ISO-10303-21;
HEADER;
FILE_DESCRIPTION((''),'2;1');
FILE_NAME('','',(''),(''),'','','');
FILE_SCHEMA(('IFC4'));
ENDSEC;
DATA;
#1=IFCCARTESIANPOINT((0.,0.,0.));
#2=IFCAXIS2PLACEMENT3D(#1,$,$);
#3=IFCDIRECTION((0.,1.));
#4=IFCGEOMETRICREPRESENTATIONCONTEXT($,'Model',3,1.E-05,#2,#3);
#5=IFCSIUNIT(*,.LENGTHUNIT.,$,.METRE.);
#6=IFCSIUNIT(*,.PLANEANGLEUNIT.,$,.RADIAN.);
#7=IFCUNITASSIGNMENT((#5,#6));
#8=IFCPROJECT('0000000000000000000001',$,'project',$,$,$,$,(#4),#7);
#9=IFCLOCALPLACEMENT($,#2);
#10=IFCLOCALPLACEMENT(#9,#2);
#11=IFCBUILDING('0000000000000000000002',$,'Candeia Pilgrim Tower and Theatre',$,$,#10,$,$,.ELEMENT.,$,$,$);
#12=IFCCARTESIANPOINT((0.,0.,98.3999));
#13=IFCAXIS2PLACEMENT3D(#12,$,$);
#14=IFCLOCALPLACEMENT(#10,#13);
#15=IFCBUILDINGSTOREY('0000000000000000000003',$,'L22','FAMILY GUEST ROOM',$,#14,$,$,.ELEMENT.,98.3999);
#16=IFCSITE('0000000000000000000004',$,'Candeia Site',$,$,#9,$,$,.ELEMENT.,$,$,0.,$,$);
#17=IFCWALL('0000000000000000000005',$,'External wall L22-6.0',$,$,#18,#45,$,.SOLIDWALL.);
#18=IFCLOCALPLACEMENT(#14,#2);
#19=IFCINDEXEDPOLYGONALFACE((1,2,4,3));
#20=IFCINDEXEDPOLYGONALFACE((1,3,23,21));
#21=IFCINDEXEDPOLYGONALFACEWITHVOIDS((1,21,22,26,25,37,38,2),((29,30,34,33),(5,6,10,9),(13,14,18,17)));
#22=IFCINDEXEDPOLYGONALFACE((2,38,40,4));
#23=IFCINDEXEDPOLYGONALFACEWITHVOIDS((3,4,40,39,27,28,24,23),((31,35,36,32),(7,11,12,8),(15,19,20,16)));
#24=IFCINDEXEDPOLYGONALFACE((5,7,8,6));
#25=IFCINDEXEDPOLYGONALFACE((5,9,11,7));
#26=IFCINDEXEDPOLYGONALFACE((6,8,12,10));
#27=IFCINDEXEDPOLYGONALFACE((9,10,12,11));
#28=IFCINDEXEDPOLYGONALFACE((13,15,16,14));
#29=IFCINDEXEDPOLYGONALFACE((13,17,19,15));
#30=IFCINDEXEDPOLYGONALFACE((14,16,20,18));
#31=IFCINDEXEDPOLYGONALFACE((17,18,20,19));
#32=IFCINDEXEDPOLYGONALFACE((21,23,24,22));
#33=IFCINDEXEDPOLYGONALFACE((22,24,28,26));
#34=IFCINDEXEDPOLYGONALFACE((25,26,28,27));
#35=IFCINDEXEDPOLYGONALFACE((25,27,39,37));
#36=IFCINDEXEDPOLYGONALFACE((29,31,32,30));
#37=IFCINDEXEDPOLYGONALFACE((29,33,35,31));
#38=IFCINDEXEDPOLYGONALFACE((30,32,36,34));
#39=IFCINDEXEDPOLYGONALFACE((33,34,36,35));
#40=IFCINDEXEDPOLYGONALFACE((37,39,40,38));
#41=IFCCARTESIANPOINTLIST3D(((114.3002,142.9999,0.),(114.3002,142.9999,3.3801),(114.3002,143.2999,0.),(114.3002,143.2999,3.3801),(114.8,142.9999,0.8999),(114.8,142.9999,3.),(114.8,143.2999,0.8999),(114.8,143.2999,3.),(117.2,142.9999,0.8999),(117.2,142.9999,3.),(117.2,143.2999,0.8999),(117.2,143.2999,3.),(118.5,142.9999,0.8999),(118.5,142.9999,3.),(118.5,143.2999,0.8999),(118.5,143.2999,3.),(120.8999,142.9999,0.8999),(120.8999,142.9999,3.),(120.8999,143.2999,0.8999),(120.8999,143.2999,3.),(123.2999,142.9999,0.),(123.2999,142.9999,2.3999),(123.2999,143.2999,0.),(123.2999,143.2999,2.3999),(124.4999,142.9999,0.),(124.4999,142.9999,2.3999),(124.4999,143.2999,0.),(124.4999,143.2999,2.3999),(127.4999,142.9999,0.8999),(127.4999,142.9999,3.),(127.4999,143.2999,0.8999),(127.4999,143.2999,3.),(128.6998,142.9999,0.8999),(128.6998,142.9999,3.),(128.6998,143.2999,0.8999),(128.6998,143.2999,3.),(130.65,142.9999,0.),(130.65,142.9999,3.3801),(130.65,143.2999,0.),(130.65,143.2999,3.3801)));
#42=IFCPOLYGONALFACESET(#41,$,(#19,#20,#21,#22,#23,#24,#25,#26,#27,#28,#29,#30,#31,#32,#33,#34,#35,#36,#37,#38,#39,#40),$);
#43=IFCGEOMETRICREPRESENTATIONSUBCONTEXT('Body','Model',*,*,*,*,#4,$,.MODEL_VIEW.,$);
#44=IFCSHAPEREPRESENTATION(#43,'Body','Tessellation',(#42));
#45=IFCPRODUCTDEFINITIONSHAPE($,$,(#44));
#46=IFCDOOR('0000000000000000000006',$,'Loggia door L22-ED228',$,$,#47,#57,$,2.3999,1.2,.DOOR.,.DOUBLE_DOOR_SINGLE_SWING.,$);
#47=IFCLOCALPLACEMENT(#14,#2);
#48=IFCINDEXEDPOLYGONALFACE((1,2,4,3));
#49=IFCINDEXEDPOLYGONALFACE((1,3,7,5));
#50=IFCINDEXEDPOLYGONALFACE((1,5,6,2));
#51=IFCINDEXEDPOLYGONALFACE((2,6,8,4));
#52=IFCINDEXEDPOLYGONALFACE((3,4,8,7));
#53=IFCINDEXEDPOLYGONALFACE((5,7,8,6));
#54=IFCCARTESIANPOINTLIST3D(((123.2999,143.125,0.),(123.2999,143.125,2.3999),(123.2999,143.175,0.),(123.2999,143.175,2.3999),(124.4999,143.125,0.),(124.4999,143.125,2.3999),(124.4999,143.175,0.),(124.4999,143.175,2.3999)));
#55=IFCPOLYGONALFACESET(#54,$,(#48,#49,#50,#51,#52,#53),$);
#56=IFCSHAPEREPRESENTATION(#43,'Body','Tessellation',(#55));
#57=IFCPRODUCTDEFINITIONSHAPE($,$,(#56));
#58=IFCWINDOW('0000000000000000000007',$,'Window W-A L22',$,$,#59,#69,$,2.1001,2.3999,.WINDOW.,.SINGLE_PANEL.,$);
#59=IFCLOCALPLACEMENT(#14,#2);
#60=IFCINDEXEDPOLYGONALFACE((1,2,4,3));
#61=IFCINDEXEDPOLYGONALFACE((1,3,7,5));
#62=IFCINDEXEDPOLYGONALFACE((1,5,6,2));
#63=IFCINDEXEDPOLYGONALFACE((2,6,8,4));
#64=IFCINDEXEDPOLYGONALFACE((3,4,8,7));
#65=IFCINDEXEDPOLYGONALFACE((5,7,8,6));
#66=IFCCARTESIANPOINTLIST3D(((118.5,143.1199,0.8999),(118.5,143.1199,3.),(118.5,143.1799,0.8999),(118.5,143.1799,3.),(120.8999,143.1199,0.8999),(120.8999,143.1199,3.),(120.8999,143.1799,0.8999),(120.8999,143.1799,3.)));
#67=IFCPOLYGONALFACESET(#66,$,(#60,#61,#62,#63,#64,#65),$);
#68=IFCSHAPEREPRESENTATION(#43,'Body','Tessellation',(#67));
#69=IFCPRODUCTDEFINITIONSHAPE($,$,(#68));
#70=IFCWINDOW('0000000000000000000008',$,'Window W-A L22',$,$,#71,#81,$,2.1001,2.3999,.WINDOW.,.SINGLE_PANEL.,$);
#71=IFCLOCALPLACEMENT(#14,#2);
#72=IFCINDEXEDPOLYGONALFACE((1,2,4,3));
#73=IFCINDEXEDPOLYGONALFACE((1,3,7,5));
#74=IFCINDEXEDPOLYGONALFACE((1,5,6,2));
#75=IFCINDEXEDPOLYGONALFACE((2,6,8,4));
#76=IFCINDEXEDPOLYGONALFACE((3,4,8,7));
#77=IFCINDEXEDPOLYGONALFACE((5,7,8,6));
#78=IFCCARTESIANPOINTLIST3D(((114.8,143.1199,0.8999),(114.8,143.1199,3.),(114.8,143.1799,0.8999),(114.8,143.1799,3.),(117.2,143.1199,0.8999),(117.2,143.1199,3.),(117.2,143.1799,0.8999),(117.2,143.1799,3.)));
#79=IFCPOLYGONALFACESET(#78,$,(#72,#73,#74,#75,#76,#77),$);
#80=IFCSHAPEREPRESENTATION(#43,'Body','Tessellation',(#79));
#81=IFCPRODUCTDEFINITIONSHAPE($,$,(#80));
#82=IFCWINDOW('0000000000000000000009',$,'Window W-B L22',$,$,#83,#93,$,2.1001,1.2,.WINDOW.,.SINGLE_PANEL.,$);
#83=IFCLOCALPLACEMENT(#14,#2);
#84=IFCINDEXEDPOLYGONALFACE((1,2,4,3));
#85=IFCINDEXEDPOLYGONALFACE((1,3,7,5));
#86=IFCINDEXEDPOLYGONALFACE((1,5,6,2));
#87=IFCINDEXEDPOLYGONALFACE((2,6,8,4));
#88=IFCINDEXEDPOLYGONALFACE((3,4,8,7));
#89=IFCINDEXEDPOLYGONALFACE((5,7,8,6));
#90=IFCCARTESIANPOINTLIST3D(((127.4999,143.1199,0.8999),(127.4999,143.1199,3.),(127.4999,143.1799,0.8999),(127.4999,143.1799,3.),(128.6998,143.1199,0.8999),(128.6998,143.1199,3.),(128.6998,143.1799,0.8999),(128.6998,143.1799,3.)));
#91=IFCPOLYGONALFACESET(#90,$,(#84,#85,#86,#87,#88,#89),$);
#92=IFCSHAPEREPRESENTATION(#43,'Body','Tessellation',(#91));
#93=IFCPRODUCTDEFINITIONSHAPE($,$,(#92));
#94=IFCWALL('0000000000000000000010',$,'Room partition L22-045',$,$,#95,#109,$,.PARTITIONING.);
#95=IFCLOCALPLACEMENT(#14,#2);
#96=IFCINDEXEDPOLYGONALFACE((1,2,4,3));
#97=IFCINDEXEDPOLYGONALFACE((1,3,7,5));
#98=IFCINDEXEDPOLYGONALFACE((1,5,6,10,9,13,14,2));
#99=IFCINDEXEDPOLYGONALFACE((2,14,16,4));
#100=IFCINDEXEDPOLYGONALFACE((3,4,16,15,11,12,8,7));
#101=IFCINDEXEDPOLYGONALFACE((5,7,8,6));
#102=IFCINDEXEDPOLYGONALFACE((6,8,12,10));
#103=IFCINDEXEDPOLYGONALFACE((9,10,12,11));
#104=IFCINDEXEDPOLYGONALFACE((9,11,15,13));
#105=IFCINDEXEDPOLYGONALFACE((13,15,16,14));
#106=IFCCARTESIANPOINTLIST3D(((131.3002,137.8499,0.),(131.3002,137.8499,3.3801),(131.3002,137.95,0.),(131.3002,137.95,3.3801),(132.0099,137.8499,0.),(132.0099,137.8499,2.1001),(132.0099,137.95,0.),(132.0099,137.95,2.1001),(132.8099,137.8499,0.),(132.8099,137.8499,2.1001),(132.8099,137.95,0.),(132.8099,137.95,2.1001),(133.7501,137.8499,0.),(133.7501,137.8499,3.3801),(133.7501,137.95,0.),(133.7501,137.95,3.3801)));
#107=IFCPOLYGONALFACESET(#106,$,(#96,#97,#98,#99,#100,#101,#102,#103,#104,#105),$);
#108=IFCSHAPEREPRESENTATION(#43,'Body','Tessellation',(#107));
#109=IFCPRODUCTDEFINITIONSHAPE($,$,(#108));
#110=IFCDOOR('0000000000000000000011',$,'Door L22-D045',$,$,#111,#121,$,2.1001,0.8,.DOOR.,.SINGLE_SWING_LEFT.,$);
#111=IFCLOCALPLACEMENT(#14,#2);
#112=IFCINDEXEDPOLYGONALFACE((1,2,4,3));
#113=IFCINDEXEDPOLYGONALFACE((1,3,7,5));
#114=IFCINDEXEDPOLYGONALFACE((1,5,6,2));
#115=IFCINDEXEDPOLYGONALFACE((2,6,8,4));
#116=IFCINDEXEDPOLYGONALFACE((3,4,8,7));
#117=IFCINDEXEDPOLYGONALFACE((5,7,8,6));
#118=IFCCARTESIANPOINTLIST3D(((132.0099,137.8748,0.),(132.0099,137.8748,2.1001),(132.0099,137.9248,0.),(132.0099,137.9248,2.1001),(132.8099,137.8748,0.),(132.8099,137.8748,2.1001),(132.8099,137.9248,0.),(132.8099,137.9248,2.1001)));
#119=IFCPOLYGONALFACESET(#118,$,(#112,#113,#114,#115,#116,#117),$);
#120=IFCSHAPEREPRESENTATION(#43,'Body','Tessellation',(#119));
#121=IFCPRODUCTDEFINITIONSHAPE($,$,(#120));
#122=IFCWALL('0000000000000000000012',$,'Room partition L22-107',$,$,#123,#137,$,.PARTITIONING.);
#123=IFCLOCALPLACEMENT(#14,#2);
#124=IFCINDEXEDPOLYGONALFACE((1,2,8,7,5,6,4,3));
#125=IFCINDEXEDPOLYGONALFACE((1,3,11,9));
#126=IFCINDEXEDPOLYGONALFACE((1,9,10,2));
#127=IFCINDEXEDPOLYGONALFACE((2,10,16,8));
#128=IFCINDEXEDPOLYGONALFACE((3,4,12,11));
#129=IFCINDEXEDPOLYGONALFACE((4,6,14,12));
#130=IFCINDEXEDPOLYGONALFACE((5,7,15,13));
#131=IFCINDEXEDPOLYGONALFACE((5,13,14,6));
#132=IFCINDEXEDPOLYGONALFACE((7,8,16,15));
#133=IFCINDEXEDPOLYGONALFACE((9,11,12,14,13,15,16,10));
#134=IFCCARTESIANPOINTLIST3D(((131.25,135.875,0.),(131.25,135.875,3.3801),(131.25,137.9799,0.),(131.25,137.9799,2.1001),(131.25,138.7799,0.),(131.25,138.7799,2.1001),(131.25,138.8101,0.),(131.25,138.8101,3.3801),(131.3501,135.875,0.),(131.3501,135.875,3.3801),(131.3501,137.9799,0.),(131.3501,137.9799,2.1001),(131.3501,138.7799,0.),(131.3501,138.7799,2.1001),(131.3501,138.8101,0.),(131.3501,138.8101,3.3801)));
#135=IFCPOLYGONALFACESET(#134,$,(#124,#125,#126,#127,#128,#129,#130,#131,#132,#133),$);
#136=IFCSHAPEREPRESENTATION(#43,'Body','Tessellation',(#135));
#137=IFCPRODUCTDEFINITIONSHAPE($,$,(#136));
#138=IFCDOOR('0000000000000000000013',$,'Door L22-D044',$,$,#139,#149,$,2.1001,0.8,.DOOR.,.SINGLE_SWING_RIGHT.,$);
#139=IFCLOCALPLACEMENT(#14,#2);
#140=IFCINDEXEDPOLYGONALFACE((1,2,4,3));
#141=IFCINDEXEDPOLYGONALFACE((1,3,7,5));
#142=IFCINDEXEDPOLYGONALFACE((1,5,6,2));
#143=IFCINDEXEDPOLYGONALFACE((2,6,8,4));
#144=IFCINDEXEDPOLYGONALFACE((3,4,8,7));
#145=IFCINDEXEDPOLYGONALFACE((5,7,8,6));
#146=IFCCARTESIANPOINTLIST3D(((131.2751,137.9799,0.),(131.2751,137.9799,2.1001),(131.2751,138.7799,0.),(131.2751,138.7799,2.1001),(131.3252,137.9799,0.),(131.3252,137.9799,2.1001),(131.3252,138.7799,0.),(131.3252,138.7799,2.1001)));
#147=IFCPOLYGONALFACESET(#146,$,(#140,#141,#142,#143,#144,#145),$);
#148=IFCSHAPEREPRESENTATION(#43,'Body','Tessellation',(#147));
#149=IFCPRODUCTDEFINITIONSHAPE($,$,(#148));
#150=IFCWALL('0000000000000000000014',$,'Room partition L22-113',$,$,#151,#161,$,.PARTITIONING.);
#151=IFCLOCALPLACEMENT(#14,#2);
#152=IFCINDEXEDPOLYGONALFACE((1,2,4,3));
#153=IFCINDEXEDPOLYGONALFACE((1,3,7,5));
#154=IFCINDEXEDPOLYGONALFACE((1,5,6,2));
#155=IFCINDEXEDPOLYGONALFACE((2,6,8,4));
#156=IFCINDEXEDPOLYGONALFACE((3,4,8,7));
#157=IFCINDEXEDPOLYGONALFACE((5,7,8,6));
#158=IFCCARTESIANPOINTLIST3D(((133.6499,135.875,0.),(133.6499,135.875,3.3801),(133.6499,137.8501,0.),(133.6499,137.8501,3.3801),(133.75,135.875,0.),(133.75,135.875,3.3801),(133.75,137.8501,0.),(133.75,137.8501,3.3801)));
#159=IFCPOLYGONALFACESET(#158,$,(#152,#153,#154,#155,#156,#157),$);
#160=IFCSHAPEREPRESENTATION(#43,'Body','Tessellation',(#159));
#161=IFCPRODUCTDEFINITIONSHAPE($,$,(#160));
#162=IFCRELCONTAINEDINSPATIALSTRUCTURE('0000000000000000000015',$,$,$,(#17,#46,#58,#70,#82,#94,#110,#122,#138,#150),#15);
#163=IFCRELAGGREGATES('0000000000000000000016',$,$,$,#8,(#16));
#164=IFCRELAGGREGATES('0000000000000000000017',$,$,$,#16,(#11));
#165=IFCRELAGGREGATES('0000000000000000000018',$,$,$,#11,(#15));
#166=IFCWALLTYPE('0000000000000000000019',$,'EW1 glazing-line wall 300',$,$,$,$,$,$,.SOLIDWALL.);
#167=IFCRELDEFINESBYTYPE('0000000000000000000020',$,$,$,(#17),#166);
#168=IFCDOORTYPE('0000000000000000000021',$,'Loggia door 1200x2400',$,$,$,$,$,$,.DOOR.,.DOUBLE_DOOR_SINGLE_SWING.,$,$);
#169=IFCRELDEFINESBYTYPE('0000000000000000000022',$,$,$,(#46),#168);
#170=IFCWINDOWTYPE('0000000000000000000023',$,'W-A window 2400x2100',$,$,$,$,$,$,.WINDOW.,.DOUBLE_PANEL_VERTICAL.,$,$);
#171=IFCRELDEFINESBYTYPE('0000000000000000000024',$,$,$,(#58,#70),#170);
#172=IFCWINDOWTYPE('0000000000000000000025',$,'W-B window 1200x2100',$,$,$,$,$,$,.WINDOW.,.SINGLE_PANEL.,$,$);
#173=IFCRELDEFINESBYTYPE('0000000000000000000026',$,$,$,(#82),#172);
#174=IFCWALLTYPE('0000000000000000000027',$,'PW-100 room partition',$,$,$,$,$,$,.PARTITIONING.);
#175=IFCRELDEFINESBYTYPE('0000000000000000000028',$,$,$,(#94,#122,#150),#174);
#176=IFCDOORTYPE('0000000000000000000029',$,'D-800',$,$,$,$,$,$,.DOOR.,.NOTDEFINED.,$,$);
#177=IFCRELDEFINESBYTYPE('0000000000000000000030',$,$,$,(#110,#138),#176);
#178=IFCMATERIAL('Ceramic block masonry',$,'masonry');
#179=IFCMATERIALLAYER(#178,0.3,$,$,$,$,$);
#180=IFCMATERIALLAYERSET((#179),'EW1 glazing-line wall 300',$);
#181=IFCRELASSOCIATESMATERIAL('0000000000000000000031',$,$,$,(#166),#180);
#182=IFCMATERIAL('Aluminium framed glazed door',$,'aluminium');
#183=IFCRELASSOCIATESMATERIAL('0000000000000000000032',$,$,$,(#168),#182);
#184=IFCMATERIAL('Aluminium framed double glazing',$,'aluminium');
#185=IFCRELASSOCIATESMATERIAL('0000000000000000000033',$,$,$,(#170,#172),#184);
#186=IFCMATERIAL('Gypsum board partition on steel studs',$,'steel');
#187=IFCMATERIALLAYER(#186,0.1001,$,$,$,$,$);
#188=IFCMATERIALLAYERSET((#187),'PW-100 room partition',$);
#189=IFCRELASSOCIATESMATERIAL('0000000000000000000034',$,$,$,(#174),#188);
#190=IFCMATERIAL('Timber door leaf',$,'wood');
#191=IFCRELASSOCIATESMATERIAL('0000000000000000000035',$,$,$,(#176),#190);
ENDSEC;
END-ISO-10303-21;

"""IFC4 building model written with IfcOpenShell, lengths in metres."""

from ifc_helpers import new_model, si_unit, direction, frame, frame_2d, origin, place, context, subcontext, project, spatial, rectangle, extrude, material, layer, layer_set, type_object, element, fill, save


model = new_model("IFC4")

# Units and contexts
model_context = context("Model", 3, precision=1e-05, world=origin(), true_north=direction((0.0, 1.0)))
body_context = subcontext(model_context, "Body", "Model", "MODEL_VIEW")
ifc_project = project(units=[si_unit("LENGTHUNIT", "METRE"), si_unit("PLANEANGLEUNIT", "RADIAN")], contexts=[model_context])

# Site, building, storey
site_placement = place(None, origin())
site = spatial("IfcSite", under=ifc_project, at=site_placement, Name="Candeia Site", CompositionType="ELEMENT", RefElevation=0.0)
building_placement = place(site_placement, origin())
building = spatial("IfcBuilding", under=site, at=building_placement, Name="Candeia Pilgrim Tower and Theatre", CompositionType="ELEMENT")
storey_placement = place(building_placement, frame((0.0, 0.0, 98.3999)))
storey = spatial("IfcBuildingStorey", under=building, at=storey_placement, Name="L22", Description="FAMILY GUEST ROOM", CompositionType="ELEMENT", Elevation=98.3999)

# Shared definitions
ifc_material_1 = material(Name="Ceramic block masonry", Category="masonry")
ifc_layer_1 = layer(ifc_material_1, 0.3)
ifc_layer_set_1 = layer_set([ifc_layer_1], Name="EW1 glazing-line wall 300")
wall_type_1 = type_object("IfcWallType", Name="EW1 glazing-line wall 300", PredefinedType="SOLIDWALL", material=ifc_layer_set_1)
ifc_material_2 = material(Name="Aluminium framed glazed door", Category="aluminium")
door_type_1 = type_object("IfcDoorType", Name="Loggia door 1200x2400", OperationType="DOUBLE_DOOR_SINGLE_SWING", PredefinedType="DOOR", material=ifc_material_2)
ifc_material_3 = material(Name="Aluminium framed double glazing", Category="aluminium")
window_type_1 = type_object("IfcWindowType", Name="W-A window 2400x2100", PartitioningType="DOUBLE_PANEL_VERTICAL", PredefinedType="WINDOW", material=ifc_material_3)

# Shared definitions
window_type_2 = type_object("IfcWindowType", Name="W-B window 1200x2100", PartitioningType="SINGLE_PANEL", PredefinedType="WINDOW", material=ifc_material_3)

# Wall, openings, door, windows
wall_1_placement = place(storey_placement, frame((130.6499, 143.1499, 0.0), z_axis=(0.0, 0.0, 1.0), x_axis=(-1.0, 0.0, 0.0)))
wall_1 = element("IfcWall", 1, at=wall_1_placement, inside=storey, type_object=wall_type_1, Name="External wall L22-6.0", PredefinedType="SOLIDWALL", context=body_context, shape_type="SweptSolid", body=[
    extrude(rectangle(XDim=16.3499, YDim=0.3, at=frame_2d((8.1748, 0.0))), origin(), (0.0, 0.0, 1.0), 3.3801),
])
opening_1_placement = place(wall_1_placement, frame((1.95, 0.0, 0.8999)))
opening_1 = element("IfcOpeningElement", 2, at=opening_1_placement, cuts=wall_1, PredefinedType="OPENING", context=body_context, shape_type="SweptSolid", body=[
    extrude(rectangle(XDim=1.2, YDim=2.1001, at=frame_2d((0.6001, 1.05))), frame((0.0, 0.1602, 0.0), z_axis=(0.0, -1.0, 0.0), x_axis=(1.0, 0.0, 0.0)), (0.0, 0.0, 1.0), 0.3201),
])
opening_2_placement = place(wall_1_placement, frame((6.1499, 0.0, 0.0)))
opening_2 = element("IfcOpeningElement", 3, at=opening_2_placement, cuts=wall_1, PredefinedType="OPENING", context=body_context, shape_type="SweptSolid", body=[
    extrude(rectangle(XDim=1.2, YDim=2.3999, at=frame_2d((0.6001, 1.2))), frame((0.0, 0.1602, 0.0), z_axis=(0.0, -1.0, 0.0), x_axis=(1.0, 0.0, 0.0)), (0.0, 0.0, 1.0), 0.3201),
])
opening_3_placement = place(wall_1_placement, frame((9.75, 0.0, 0.8999)))
opening_3 = element("IfcOpeningElement", 4, at=opening_3_placement, cuts=wall_1, PredefinedType="OPENING", context=body_context, shape_type="SweptSolid", body=[
    extrude(rectangle(XDim=2.3999, YDim=2.1001, at=frame_2d((1.2, 1.05))), frame((0.0, 0.1602, 0.0), z_axis=(0.0, -1.0, 0.0), x_axis=(1.0, 0.0, 0.0)), (0.0, 0.0, 1.0), 0.3201),
])
opening_4_placement = place(wall_1_placement, frame((13.45, 0.0, 0.8999)))
opening_4 = element("IfcOpeningElement", 5, at=opening_4_placement, cuts=wall_1, PredefinedType="OPENING", context=body_context, shape_type="SweptSolid", body=[
    extrude(rectangle(XDim=2.3999, YDim=2.1001, at=frame_2d((1.2, 1.05))), frame((0.0, 0.1602, 0.0), z_axis=(0.0, -1.0, 0.0), x_axis=(1.0, 0.0, 0.0)), (0.0, 0.0, 1.0), 0.3201),
])
door_1_placement = place(opening_2_placement, origin())
door_1 = element("IfcDoor", 6, at=door_1_placement, inside=storey, type_object=door_type_1, Name="Loggia door L22-ED228", OperationType="DOUBLE_DOOR_SINGLE_SWING", OverallHeight=2.3999, OverallWidth=1.2, PredefinedType="DOOR", context=body_context, shape_type="SweptSolid", body=[
    extrude(rectangle(XDim=1.2, YDim=2.3999, at=frame_2d((0.6001, 1.2))), frame((0.0, 0.0249, 0.0), z_axis=(0.0, -1.0, 0.0), x_axis=(1.0, 0.0, 0.0)), (0.0, 0.0, 1.0), 0.05),
])
fill(opening_2, door_1)
window_1_placement = place(opening_3_placement, origin())
window_1 = element("IfcWindow", 7, at=window_1_placement, inside=storey, type_object=window_type_1, Name="Window W-A L22", OverallHeight=2.1001, OverallWidth=2.3999, PartitioningType="SINGLE_PANEL", PredefinedType="WINDOW", context=body_context, shape_type="SweptSolid", body=[
    extrude(rectangle(XDim=2.3999, YDim=2.1001, at=frame_2d((1.2, 1.05))), frame((0.0, 0.03, 0.0), z_axis=(0.0, -1.0, 0.0), x_axis=(1.0, 0.0, 0.0)), (0.0, 0.0, 1.0), 0.0601),
])
fill(opening_3, window_1)
window_2_placement = place(opening_4_placement, origin())
window_2 = element("IfcWindow", 8, at=window_2_placement, inside=storey, type_object=window_type_1, Name="Window W-A L22", OverallHeight=2.1001, OverallWidth=2.3999, PartitioningType="SINGLE_PANEL", PredefinedType="WINDOW", context=body_context, shape_type="SweptSolid", body=[
    extrude(rectangle(XDim=2.3999, YDim=2.1001, at=frame_2d((1.2, 1.05))), frame((0.0, 0.03, 0.0), z_axis=(0.0, -1.0, 0.0), x_axis=(1.0, 0.0, 0.0)), (0.0, 0.0, 1.0), 0.0601),
])
fill(opening_4, window_2)
window_3_placement = place(opening_1_placement, origin())
window_3 = element("IfcWindow", 9, at=window_3_placement, inside=storey, type_object=window_type_2, Name="Window W-B L22", OverallHeight=2.1001, OverallWidth=1.2, PartitioningType="SINGLE_PANEL", PredefinedType="WINDOW", context=body_context, shape_type="SweptSolid", body=[
    extrude(rectangle(XDim=1.2, YDim=2.1001, at=frame_2d((0.6001, 1.05))), frame((0.0, 0.03, 0.0), z_axis=(0.0, -1.0, 0.0), x_axis=(1.0, 0.0, 0.0)), (0.0, 0.0, 1.0), 0.0601),
])
fill(opening_1, window_3)

# Walls, openings, doors
ifc_material_4 = material(Name="Gypsum board partition on steel studs", Category="steel")
ifc_layer_2 = layer(ifc_material_4, 0.1001)
ifc_layer_set_2 = layer_set([ifc_layer_2], Name="PW-100 room partition")
wall_type_2 = type_object("IfcWallType", Name="PW-100 room partition", PredefinedType="PARTITIONING", material=ifc_layer_set_2)
wall_2_placement = place(storey_placement, frame((131.3, 137.8999, 0.0), z_axis=(0.0, 0.0, 1.0), x_axis=(1.0, 0.0, 0.0)))
wall_2 = element("IfcWall", 10, at=wall_2_placement, inside=storey, type_object=wall_type_2, Name="Room partition L22-045", PredefinedType="PARTITIONING", context=body_context, shape_type="SweptSolid", body=[
    extrude(rectangle(XDim=2.45, YDim=0.1001, at=frame_2d((1.2251, 0.0))), origin(), (0.0, 0.0, 1.0), 3.3801),
])
opening_5_placement = place(wall_2_placement, frame((0.71, 0.0, 0.0)))
opening_5 = element("IfcOpeningElement", 11, at=opening_5_placement, cuts=wall_2, PredefinedType="OPENING", context=body_context, shape_type="SweptSolid", body=[
    extrude(rectangle(XDim=0.8, YDim=2.1001, at=frame_2d((0.3999, 1.05))), frame((0.0, 0.0601, 0.0), z_axis=(0.0, -1.0, 0.0), x_axis=(1.0, 0.0, 0.0)), (0.0, 0.0, 1.0), 0.1201),
])
ifc_material_5 = material(Name="Timber door leaf", Category="wood")
door_type_2 = type_object("IfcDoorType", Name="D-800", OperationType="NOTDEFINED", PredefinedType="DOOR", material=ifc_material_5)
door_2_placement = place(opening_5_placement, origin())
door_2 = element("IfcDoor", 12, at=door_2_placement, inside=storey, type_object=door_type_2, Name="Door L22-D045", OperationType="SINGLE_SWING_LEFT", OverallHeight=2.1001, OverallWidth=0.8, PredefinedType="DOOR", context=body_context, shape_type="SweptSolid", body=[
    extrude(rectangle(XDim=0.8, YDim=2.1001, at=frame_2d((0.3999, 1.05))), frame((0.0, 0.0249, 0.0), z_axis=(0.0, -1.0, 0.0), x_axis=(1.0, 0.0, 0.0)), (0.0, 0.0, 1.0), 0.05),
])
fill(opening_5, door_2)
wall_3_placement = place(storey_placement, frame((131.3, 135.875, 0.0), z_axis=(0.0, 0.0, 1.0), x_axis=(0.0, 1.0, 0.0)))
wall_3 = element("IfcWall", 13, at=wall_3_placement, inside=storey, type_object=wall_type_2, Name="Room partition L22-107", PredefinedType="PARTITIONING", context=body_context, shape_type="SweptSolid", body=[
    extrude(rectangle(XDim=2.9351, YDim=0.1001, at=frame_2d((1.4675, 0.0))), origin(), (0.0, 0.0, 1.0), 3.3801),
])
opening_6_placement = place(wall_3_placement, frame((2.105, 0.0, 0.0)))
opening_6 = element("IfcOpeningElement", 14, at=opening_6_placement, cuts=wall_3, PredefinedType="OPENING", context=body_context, shape_type="SweptSolid", body=[
    extrude(rectangle(XDim=0.8, YDim=2.1001, at=frame_2d((0.3999, 1.05))), frame((0.0, 0.0601, 0.0), z_axis=(0.0, -1.0, 0.0), x_axis=(1.0, 0.0, 0.0)), (0.0, 0.0, 1.0), 0.1201),
])
door_3_placement = place(opening_6_placement, origin())
door_3 = element("IfcDoor", 15, at=door_3_placement, inside=storey, type_object=door_type_2, Name="Door L22-D044", OperationType="SINGLE_SWING_RIGHT", OverallHeight=2.1001, OverallWidth=0.8, PredefinedType="DOOR", context=body_context, shape_type="SweptSolid", body=[
    extrude(rectangle(XDim=0.8, YDim=2.1001, at=frame_2d((0.3999, 1.05))), frame((0.0, 0.0249, 0.0), z_axis=(0.0, -1.0, 0.0), x_axis=(1.0, 0.0, 0.0)), (0.0, 0.0, 1.0), 0.05),
])
fill(opening_6, door_3)

# Wall
wall_4_placement = place(storey_placement, frame((133.7, 135.875, 0.0), z_axis=(0.0, 0.0, 1.0), x_axis=(0.0, 1.0, 0.0)))
element("IfcWall", 16, at=wall_4_placement, inside=storey, type_object=wall_type_2, Name="Room partition L22-113", PredefinedType="PARTITIONING", context=body_context, shape_type="SweptSolid", body=[
    extrude(rectangle(XDim=1.9751, YDim=0.1001, at=frame_2d((0.9875, 0.0))), origin(), (0.0, 0.0, 1.0), 3.3801),
])

save(model, "model.ifc")
